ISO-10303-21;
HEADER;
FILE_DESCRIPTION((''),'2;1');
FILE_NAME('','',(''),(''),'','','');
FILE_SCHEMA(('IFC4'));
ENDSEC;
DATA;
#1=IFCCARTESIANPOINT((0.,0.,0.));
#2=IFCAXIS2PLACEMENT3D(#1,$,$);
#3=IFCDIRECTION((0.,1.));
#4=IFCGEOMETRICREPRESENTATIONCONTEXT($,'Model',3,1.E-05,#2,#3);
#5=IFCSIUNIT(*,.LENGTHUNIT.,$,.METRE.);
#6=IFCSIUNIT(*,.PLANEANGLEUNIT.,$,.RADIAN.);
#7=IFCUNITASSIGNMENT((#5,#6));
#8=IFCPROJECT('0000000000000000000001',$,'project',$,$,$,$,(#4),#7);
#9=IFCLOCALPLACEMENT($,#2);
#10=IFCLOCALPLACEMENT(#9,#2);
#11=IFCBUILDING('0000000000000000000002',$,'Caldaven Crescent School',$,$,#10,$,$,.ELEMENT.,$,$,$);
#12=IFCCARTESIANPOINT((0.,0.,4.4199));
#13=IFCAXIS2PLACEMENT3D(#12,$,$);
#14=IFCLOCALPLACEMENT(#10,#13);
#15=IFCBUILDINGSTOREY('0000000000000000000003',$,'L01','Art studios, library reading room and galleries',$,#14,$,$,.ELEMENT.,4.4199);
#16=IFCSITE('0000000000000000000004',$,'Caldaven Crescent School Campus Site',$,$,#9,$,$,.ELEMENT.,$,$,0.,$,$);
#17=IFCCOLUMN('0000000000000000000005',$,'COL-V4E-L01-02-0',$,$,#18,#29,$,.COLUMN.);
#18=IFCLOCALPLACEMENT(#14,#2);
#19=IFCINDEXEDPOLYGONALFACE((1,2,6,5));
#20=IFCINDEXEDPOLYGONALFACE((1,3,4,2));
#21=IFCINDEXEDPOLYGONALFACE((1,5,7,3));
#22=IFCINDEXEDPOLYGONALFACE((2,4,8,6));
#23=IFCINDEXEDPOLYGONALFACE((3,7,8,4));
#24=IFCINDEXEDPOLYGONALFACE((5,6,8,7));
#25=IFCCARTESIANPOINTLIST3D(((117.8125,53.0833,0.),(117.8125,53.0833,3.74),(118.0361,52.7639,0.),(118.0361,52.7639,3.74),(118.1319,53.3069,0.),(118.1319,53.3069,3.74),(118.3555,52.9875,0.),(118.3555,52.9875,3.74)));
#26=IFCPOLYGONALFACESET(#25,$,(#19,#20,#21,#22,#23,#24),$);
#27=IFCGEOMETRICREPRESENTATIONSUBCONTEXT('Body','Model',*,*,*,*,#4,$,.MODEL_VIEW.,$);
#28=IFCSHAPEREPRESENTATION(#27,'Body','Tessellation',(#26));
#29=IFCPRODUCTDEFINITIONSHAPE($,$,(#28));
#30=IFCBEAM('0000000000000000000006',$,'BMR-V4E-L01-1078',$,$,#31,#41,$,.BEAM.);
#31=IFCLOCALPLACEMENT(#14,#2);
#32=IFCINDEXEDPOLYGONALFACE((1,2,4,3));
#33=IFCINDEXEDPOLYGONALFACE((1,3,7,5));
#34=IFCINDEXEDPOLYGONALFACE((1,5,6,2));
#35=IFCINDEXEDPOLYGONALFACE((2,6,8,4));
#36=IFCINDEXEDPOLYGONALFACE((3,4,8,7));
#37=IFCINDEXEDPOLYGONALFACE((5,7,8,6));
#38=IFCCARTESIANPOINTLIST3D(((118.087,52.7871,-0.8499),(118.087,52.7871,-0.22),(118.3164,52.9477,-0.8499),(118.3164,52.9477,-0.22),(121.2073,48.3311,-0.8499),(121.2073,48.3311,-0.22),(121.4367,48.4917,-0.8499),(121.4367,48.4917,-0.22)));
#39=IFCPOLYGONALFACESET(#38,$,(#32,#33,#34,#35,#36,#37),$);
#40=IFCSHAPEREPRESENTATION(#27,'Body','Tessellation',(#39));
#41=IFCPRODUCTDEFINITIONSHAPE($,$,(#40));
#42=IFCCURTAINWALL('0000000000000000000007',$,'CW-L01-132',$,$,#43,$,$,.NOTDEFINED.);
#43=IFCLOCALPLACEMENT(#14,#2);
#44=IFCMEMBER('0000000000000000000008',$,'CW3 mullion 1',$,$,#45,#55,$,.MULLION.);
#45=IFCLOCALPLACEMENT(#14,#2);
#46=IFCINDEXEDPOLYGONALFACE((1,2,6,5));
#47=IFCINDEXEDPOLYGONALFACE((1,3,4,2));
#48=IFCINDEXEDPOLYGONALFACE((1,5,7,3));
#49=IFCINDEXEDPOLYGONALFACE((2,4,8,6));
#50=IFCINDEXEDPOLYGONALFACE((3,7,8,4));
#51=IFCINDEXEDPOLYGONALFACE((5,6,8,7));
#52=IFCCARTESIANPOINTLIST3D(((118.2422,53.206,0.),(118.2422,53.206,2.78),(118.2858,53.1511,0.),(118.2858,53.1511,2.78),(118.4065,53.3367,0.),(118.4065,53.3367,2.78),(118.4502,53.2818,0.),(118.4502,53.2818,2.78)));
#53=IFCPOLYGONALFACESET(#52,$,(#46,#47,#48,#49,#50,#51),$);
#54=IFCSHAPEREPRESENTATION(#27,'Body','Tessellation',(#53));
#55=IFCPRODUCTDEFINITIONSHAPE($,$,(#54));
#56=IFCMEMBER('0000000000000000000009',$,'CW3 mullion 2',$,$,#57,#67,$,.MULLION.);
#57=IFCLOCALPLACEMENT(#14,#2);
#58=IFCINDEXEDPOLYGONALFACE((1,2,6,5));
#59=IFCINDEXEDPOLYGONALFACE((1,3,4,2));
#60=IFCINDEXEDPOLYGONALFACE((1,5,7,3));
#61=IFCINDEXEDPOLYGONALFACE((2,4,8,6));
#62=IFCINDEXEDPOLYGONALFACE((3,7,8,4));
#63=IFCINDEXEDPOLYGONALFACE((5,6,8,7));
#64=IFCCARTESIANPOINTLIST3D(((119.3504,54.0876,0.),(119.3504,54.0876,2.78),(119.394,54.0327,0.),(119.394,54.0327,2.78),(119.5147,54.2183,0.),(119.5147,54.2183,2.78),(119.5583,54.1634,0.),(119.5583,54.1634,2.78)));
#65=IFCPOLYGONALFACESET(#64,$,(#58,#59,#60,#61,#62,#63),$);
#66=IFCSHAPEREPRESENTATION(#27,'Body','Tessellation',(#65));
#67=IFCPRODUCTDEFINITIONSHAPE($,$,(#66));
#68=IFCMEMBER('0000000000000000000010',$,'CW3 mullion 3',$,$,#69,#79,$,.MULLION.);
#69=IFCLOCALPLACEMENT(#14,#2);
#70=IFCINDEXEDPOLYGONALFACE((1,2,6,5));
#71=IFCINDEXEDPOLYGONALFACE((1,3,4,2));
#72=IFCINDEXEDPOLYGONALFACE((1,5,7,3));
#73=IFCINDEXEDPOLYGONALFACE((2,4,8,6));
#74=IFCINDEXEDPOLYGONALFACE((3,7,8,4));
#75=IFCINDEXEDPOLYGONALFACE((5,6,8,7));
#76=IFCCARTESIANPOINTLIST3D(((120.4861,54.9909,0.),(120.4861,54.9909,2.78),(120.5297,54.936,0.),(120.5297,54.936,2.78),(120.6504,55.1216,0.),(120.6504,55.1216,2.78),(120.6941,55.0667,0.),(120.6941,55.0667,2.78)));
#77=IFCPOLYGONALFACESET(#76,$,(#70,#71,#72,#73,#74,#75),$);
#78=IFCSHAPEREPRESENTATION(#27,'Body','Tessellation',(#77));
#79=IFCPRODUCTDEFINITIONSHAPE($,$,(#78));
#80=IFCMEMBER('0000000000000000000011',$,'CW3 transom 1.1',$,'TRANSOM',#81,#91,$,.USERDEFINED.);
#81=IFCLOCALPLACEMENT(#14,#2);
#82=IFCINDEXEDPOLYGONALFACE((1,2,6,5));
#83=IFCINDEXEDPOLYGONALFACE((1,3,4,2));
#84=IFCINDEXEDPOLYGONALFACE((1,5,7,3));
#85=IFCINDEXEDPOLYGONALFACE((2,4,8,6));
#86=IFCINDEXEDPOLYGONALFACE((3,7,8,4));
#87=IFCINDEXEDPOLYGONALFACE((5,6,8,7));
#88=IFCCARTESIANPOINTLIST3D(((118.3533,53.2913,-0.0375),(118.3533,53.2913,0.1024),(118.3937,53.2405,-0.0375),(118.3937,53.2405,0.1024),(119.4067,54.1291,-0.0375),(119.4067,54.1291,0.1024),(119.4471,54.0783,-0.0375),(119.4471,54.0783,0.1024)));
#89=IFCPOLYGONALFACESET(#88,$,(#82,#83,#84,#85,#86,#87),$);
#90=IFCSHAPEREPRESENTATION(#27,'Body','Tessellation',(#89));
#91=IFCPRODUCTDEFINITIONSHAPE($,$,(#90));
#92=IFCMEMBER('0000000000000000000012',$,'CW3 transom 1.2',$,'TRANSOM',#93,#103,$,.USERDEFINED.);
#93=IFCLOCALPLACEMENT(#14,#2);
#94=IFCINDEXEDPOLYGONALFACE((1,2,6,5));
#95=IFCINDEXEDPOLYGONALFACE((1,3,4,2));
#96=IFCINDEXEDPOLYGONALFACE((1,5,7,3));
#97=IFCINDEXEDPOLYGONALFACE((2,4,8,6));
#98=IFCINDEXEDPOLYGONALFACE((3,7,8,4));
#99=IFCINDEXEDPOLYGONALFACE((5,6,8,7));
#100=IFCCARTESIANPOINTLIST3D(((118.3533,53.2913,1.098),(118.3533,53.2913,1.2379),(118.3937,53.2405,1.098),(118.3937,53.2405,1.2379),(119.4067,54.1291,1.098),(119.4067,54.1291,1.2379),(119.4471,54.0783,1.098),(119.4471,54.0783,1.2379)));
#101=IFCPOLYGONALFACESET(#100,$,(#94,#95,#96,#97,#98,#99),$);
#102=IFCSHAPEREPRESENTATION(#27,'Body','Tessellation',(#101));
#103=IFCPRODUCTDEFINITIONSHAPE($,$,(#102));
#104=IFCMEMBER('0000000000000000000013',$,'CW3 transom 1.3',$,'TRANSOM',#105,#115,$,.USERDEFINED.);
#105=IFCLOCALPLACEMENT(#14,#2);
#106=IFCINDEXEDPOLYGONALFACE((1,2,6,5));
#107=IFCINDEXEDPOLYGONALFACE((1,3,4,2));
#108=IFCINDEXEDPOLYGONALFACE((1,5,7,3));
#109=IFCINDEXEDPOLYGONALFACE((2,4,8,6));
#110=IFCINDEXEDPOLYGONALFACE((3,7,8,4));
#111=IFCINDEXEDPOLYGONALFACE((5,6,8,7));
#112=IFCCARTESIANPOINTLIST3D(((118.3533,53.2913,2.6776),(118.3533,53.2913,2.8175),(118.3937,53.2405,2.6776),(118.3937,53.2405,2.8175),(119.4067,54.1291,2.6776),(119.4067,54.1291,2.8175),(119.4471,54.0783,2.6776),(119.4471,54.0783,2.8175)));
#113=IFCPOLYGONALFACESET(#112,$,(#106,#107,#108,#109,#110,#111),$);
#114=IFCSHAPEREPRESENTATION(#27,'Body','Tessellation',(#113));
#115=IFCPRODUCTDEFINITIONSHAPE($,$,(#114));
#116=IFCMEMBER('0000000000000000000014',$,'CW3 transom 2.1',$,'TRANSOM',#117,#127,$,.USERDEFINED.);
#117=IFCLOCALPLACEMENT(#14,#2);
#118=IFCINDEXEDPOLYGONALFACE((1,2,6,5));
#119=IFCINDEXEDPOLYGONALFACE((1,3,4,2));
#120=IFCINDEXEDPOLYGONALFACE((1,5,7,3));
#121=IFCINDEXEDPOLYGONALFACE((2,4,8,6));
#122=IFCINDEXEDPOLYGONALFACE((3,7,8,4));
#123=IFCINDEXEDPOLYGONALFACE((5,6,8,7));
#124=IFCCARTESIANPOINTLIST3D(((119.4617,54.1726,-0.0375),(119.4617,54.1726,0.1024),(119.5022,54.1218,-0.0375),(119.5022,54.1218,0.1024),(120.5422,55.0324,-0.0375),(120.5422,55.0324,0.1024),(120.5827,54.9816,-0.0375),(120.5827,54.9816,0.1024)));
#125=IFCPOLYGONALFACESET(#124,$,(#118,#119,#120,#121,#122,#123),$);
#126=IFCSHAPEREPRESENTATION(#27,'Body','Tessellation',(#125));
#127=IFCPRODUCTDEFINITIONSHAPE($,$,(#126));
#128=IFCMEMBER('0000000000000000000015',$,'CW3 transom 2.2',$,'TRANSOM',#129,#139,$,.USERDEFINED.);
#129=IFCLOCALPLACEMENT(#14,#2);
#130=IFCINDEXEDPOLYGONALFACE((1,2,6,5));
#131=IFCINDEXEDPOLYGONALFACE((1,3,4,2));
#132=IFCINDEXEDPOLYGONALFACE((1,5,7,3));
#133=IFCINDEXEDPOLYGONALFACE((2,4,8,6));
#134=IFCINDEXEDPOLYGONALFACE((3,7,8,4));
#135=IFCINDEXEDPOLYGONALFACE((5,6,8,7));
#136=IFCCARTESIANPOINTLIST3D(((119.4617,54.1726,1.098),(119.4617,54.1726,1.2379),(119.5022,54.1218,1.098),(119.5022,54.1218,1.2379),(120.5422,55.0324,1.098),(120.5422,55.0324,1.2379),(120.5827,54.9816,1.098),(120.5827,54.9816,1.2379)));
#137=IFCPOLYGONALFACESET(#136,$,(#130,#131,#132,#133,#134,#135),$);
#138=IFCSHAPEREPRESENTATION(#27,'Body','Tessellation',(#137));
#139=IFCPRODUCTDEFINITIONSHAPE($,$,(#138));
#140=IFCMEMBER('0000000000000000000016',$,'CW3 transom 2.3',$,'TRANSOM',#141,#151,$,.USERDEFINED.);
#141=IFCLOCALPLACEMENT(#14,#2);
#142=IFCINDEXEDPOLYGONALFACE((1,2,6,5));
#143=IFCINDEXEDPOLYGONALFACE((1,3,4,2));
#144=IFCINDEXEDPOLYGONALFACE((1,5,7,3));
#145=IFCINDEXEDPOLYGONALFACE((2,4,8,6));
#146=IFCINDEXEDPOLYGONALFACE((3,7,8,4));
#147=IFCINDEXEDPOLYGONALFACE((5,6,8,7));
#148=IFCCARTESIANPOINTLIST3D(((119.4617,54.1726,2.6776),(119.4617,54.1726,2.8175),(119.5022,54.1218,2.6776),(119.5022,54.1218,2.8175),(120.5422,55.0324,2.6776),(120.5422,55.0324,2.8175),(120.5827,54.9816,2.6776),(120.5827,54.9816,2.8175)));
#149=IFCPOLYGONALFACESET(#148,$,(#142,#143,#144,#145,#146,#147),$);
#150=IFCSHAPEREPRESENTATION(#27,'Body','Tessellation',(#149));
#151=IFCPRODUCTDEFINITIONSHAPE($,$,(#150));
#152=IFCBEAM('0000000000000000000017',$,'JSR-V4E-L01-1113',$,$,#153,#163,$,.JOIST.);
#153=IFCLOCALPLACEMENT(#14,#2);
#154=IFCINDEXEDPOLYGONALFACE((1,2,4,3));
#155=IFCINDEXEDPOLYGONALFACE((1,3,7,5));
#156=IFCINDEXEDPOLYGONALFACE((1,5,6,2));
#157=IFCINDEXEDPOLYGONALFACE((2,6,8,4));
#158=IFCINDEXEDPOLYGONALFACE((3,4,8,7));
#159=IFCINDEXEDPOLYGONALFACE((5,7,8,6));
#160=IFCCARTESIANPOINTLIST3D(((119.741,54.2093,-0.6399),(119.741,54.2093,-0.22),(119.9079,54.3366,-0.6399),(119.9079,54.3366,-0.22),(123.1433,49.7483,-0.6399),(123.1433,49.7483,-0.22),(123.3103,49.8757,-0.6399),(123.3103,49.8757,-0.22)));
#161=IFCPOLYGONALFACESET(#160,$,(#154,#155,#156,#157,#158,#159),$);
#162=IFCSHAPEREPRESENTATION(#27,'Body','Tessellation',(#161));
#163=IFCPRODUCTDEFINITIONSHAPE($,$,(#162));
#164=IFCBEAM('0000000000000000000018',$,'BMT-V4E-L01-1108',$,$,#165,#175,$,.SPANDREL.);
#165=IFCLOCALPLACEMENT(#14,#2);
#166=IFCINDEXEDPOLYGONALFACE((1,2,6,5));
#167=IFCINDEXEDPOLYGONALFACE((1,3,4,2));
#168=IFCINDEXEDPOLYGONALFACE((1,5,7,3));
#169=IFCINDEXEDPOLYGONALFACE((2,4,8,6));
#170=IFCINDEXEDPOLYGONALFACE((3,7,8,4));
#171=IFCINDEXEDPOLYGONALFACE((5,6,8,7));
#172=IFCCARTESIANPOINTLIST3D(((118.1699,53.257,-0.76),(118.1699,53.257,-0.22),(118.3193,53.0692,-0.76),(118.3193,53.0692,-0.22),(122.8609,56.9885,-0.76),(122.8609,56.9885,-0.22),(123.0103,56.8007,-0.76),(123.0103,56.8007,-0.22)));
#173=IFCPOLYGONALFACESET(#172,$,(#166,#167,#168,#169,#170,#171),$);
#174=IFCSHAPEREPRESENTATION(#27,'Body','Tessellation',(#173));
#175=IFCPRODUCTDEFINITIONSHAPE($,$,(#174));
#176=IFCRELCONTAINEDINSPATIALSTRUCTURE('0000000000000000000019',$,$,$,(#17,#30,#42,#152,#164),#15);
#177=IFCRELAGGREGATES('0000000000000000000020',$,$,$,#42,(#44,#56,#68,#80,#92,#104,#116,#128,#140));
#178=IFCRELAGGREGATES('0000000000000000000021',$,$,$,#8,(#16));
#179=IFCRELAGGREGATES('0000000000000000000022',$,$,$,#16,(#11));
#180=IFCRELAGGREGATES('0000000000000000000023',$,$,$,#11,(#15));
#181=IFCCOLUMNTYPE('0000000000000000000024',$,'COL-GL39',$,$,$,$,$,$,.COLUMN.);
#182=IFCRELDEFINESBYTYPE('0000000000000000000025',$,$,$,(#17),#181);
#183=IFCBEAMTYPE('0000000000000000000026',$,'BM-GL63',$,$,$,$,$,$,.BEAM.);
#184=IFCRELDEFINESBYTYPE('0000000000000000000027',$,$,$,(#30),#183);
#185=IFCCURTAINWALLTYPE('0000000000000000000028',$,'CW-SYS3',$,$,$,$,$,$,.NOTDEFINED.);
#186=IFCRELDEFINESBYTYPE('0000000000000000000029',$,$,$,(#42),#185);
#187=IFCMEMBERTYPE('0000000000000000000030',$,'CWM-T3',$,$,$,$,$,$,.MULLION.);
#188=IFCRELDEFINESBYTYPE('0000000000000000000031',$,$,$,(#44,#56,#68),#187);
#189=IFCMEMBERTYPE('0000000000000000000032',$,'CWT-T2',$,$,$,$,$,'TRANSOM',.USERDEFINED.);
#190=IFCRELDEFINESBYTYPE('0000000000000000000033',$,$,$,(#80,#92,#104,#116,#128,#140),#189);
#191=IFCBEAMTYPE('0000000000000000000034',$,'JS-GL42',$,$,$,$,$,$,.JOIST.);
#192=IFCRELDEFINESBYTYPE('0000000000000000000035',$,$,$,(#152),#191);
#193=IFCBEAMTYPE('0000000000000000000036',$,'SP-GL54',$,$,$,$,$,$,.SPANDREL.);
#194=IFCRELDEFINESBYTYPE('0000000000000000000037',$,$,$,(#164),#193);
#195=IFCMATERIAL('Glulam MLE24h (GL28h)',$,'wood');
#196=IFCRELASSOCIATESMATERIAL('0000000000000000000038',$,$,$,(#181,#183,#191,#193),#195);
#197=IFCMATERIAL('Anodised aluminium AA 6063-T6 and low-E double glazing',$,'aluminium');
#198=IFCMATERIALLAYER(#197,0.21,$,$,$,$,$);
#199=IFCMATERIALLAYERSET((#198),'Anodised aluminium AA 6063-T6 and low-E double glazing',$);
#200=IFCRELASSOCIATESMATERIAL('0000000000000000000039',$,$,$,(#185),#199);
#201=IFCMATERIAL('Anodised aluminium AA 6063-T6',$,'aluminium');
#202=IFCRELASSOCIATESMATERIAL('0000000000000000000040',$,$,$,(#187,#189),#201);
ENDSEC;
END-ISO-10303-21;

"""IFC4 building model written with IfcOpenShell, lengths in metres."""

from ifc_helpers import new_model, si_unit, direction, frame, origin, origin_2d, place, context, subcontext, project, spatial, rectangle, extrude, material, layer, layer_set, material_profile, profile_set, type_object, element, aggregate, save


model = new_model("IFC4")

# Units and contexts
model_context = context("Model", 3, precision=1e-05, world=origin(), true_north=direction((0.0, 1.0)))
body_context = subcontext(model_context, "Body", "Model", "MODEL_VIEW")
ifc_project = project(units=[si_unit("LENGTHUNIT", "METRE"), si_unit("PLANEANGLEUNIT", "RADIAN")], contexts=[model_context])

# Site, building, storey
site_placement = place(None, origin())
site = spatial("IfcSite", under=ifc_project, at=site_placement, Name="Caldaven Crescent School Campus Site", CompositionType="ELEMENT", RefElevation=0.0)
building_placement = place(site_placement, origin())
building = spatial("IfcBuilding", under=site, at=building_placement, Name="Caldaven Crescent School", CompositionType="ELEMENT")
storey_placement = place(building_placement, frame((0.0, 0.0, 4.4199)))
storey = spatial("IfcBuildingStorey", under=building, at=storey_placement, Name="L01", Description="Art studios, library reading room and galleries", CompositionType="ELEMENT", Elevation=4.4199)

# Column
ifc_material_1 = material(Name="Glulam MLE24h (GL28h)", Category="wood")
ifc_material_profile_1 = material_profile(ifc_material_1, rectangle(XDim=0.3899, YDim=0.3899, at=origin_2d()), Name="MLE 390x390")
ifc_profile_set_1 = profile_set([ifc_material_profile_1], Name="Glulam MLE24h (GL28h)")
column_type = type_object("IfcColumnType", Name="COL-GL39", PredefinedType="COLUMN", material=ifc_profile_set_1)
column_placement = place(storey_placement, frame((118.084, 53.0354, 0.0), z_axis=(0.0, 0.0, 1.0), x_axis=(0.573576, -0.819152, 0.0)))
element("IfcColumn", 1, at=column_placement, inside=storey, type_object=column_type, Name="COL-V4E-L01-02-0", PredefinedType="COLUMN", context=body_context, shape_type="SweptSolid", body=[
    extrude(rectangle(XDim=0.3899, YDim=0.3899, at=origin_2d()), origin(), (0.0, 0.0, 1.0), 3.74),
])

# Beam
ifc_material_profile_2 = material_profile(ifc_material_1, rectangle(XDim=0.28, YDim=0.6299, at=origin_2d()), Name="MLE 280x630")
ifc_profile_set_2 = profile_set([ifc_material_profile_2], Name="Glulam MLE24h (GL28h)")
beam_type_1 = type_object("IfcBeamType", Name="BM-GL63", PredefinedType="BEAM", material=ifc_profile_set_2)
beam_1_placement = place(storey_placement, frame((118.2017, 52.8674, -0.5349), z_axis=(0.573601, -0.819135, 0.0), x_axis=(0.819135, 0.573601, 0.0)))
element("IfcBeam", 2, at=beam_1_placement, inside=storey, type_object=beam_type_1, Name="BMR-V4E-L01-1078", PredefinedType="BEAM", context=body_context, shape_type="SweptSolid", body=[
    extrude(rectangle(XDim=0.28, YDim=0.6299, at=origin_2d()), origin(), (0.0, 0.0, 1.0), 5.4399),
])

# Curtain wall, members
ifc_material_2 = material(Name="Anodised aluminium AA 6063-T6 and low-E double glazing", Category="aluminium")
ifc_layer_1 = layer(ifc_material_2, 0.21)
ifc_layer_set_1 = layer_set([ifc_layer_1], Name="Anodised aluminium AA 6063-T6 and low-E double glazing")
curtain_wall_type = type_object("IfcCurtainWallType", Name="CW-SYS3", PredefinedType="NOTDEFINED", material=ifc_layer_set_1)
curtain_wall_placement = place(storey_placement, origin())
curtain_wall = element("IfcCurtainWall", 3, at=curtain_wall_placement, inside=storey, type_object=curtain_wall_type, Name="CW-L01-132", PredefinedType="NOTDEFINED")
ifc_material_3 = material(Name="Anodised aluminium AA 6063-T6", Category="aluminium")
ifc_material_profile_3 = material_profile(ifc_material_3, rectangle(XDim=0.0701, YDim=0.21, at=origin_2d()), Name="CWM 70x210")
ifc_profile_set_3 = profile_set([ifc_material_profile_3], Name="Anodised aluminium AA 6063-T6")
member_type_1 = type_object("IfcMemberType", Name="CWM-T3", PredefinedType="MULLION", material=ifc_profile_set_3)
member_1_placement = place(storey_placement, frame((118.3462, 53.2439, 0.0), z_axis=(0.0, 0.0, 1.0), x_axis=(-0.622515, 0.782608, 0.0)))
member_1 = element("IfcMember", 4, at=member_1_placement, type_object=member_type_1, Name="CW3 mullion 1", PredefinedType="MULLION", context=body_context, shape_type="SweptSolid", body=[
    extrude(rectangle(XDim=0.0701, YDim=0.21, at=origin_2d()), origin(), (0.0, 0.0, 1.0), 2.78),
])
member_2_placement = place(storey_placement, frame((119.4543, 54.1255, 0.0), z_axis=(0.0, 0.0, 1.0), x_axis=(-0.622515, 0.782608, 0.0)))
member_2 = element("IfcMember", 5, at=member_2_placement, type_object=member_type_1, Name="CW3 mullion 2", PredefinedType="MULLION", context=body_context, shape_type="SweptSolid", body=[
    extrude(rectangle(XDim=0.0701, YDim=0.21, at=origin_2d()), origin(), (0.0, 0.0, 1.0), 2.78),
])
member_3_placement = place(storey_placement, frame((120.5901, 55.0288, 0.0), z_axis=(0.0, 0.0, 1.0), x_axis=(-0.622515, 0.782608, 0.0)))
member_3 = element("IfcMember", 6, at=member_3_placement, type_object=member_type_1, Name="CW3 mullion 3", PredefinedType="MULLION", context=body_context, shape_type="SweptSolid", body=[
    extrude(rectangle(XDim=0.0701, YDim=0.21, at=origin_2d()), origin(), (0.0, 0.0, 1.0), 2.78),
])
ifc_material_profile_4 = material_profile(ifc_material_3, rectangle(XDim=0.0649, YDim=0.1399, at=origin_2d()), Name="CWT 65x140")
ifc_profile_set_4 = profile_set([ifc_material_profile_4], Name="Anodised aluminium AA 6063-T6")
member_type_2 = type_object("IfcMemberType", Name="CWT-T2", ElementType="TRANSOM", PredefinedType="USERDEFINED", material=ifc_profile_set_4)
member_4_placement = place(storey_placement, frame((118.3735, 53.2659, 0.0325), z_axis=(0.782635, 0.622481, 0.0), x_axis=(-0.622481, 0.782635, 0.0)))
member_4 = element("IfcMember", 7, at=member_4_placement, type_object=member_type_2, Name="CW3 transom 1.1", ObjectType="TRANSOM", PredefinedType="USERDEFINED", context=body_context, shape_type="SweptSolid", body=[
    extrude(rectangle(XDim=0.0649, YDim=0.1399, at=origin_2d()), origin(), (0.0, 0.0, 1.0), 1.3459),
])
member_5_placement = place(storey_placement, frame((118.3735, 53.2659, 1.168), z_axis=(0.782635, 0.622481, 0.0), x_axis=(-0.622481, 0.782635, 0.0)))
member_5 = element("IfcMember", 8, at=member_5_placement, type_object=member_type_2, Name="CW3 transom 1.2", ObjectType="TRANSOM", PredefinedType="USERDEFINED", context=body_context, shape_type="SweptSolid", body=[
    extrude(rectangle(XDim=0.0649, YDim=0.1399, at=origin_2d()), origin(), (0.0, 0.0, 1.0), 1.3459),
])
member_6_placement = place(storey_placement, frame((118.3735, 53.2659, 2.7476), z_axis=(0.782635, 0.622481, 0.0), x_axis=(-0.622481, 0.782635, 0.0)))
member_6 = element("IfcMember", 9, at=member_6_placement, type_object=member_type_2, Name="CW3 transom 1.3", ObjectType="TRANSOM", PredefinedType="USERDEFINED", context=body_context, shape_type="SweptSolid", body=[
    extrude(rectangle(XDim=0.0649, YDim=0.1399, at=origin_2d()), origin(), (0.0, 0.0, 1.0), 1.3459),
])
member_7_placement = place(storey_placement, frame((119.4819, 54.1472, 0.0325), z_axis=(0.782488, 0.622666, 0.0), x_axis=(-0.622666, 0.782488, 0.0)))
member_7 = element("IfcMember", 10, at=member_7_placement, type_object=member_type_2, Name="CW3 transom 2.1", ObjectType="TRANSOM", PredefinedType="USERDEFINED", context=body_context, shape_type="SweptSolid", body=[
    extrude(rectangle(XDim=0.0649, YDim=0.1399, at=origin_2d()), origin(), (0.0, 0.0, 1.0), 1.3809),
])
member_8_placement = place(storey_placement, frame((119.4819, 54.1472, 1.168), z_axis=(0.782488, 0.622666, 0.0), x_axis=(-0.622666, 0.782488, 0.0)))
member_8 = element("IfcMember", 11, at=member_8_placement, type_object=member_type_2, Name="CW3 transom 2.2", ObjectType="TRANSOM", PredefinedType="USERDEFINED", context=body_context, shape_type="SweptSolid", body=[
    extrude(rectangle(XDim=0.0649, YDim=0.1399, at=origin_2d()), origin(), (0.0, 0.0, 1.0), 1.3809),
])
member_9_placement = place(storey_placement, frame((119.4819, 54.1472, 2.7476), z_axis=(0.782488, 0.622666, 0.0), x_axis=(-0.622666, 0.782488, 0.0)))
member_9 = element("IfcMember", 12, at=member_9_placement, type_object=member_type_2, Name="CW3 transom 2.3", ObjectType="TRANSOM", PredefinedType="USERDEFINED", context=body_context, shape_type="SweptSolid", body=[
    extrude(rectangle(XDim=0.0649, YDim=0.1399, at=origin_2d()), origin(), (0.0, 0.0, 1.0), 1.3809),
])

# Beams
ifc_material_profile_5 = material_profile(ifc_material_1, rectangle(XDim=0.21, YDim=0.4199, at=origin_2d()), Name="MLE 210x420")
ifc_profile_set_5 = profile_set([ifc_material_profile_5], Name="Glulam MLE24h (GL28h)")
beam_type_2 = type_object("IfcBeamType", Name="JS-GL42", PredefinedType="JOIST", material=ifc_profile_set_5)
beam_2_placement = place(storey_placement, frame((119.8245, 54.2729, -0.4299), z_axis=(0.606442, -0.795128, 0.0), x_axis=(0.795128, 0.606442, 0.0)))
element("IfcBeam", 13, at=beam_2_placement, inside=storey, type_object=beam_type_2, Name="JSR-V4E-L01-1113", PredefinedType="JOIST", context=body_context, shape_type="SweptSolid", body=[
    extrude(rectangle(XDim=0.21, YDim=0.4199, at=origin_2d()), origin(), (0.0, 0.0, 1.0), 5.6104),
])
ifc_material_profile_6 = material_profile(ifc_material_1, rectangle(XDim=0.24, YDim=0.54, at=origin_2d()), Name="MLE 240x540")
ifc_profile_set_6 = profile_set([ifc_material_profile_6], Name="Glulam MLE24h (GL28h)")
beam_type_3 = type_object("IfcBeamType", Name="SP-GL54", PredefinedType="SPANDREL", material=ifc_profile_set_6)
beam_3_placement = place(storey_placement, frame((118.2446, 53.1631, -0.49), z_axis=(0.782598, 0.622527, 0.0), x_axis=(-0.622527, 0.782598, 0.0)))
element("IfcBeam", 14, at=beam_3_placement, inside=storey, type_object=beam_type_3, Name="BMT-V4E-L01-1108", PredefinedType="SPANDREL", context=body_context, shape_type="SweptSolid", body=[
    extrude(rectangle(XDim=0.24, YDim=0.54, at=origin_2d()), origin(), (0.0, 0.0, 1.0), 5.9941),
])

aggregate(curtain_wall, [member_1, member_2, member_3, member_4, member_5, member_6, member_7, member_8, member_9])

save(model, "model.ifc")
